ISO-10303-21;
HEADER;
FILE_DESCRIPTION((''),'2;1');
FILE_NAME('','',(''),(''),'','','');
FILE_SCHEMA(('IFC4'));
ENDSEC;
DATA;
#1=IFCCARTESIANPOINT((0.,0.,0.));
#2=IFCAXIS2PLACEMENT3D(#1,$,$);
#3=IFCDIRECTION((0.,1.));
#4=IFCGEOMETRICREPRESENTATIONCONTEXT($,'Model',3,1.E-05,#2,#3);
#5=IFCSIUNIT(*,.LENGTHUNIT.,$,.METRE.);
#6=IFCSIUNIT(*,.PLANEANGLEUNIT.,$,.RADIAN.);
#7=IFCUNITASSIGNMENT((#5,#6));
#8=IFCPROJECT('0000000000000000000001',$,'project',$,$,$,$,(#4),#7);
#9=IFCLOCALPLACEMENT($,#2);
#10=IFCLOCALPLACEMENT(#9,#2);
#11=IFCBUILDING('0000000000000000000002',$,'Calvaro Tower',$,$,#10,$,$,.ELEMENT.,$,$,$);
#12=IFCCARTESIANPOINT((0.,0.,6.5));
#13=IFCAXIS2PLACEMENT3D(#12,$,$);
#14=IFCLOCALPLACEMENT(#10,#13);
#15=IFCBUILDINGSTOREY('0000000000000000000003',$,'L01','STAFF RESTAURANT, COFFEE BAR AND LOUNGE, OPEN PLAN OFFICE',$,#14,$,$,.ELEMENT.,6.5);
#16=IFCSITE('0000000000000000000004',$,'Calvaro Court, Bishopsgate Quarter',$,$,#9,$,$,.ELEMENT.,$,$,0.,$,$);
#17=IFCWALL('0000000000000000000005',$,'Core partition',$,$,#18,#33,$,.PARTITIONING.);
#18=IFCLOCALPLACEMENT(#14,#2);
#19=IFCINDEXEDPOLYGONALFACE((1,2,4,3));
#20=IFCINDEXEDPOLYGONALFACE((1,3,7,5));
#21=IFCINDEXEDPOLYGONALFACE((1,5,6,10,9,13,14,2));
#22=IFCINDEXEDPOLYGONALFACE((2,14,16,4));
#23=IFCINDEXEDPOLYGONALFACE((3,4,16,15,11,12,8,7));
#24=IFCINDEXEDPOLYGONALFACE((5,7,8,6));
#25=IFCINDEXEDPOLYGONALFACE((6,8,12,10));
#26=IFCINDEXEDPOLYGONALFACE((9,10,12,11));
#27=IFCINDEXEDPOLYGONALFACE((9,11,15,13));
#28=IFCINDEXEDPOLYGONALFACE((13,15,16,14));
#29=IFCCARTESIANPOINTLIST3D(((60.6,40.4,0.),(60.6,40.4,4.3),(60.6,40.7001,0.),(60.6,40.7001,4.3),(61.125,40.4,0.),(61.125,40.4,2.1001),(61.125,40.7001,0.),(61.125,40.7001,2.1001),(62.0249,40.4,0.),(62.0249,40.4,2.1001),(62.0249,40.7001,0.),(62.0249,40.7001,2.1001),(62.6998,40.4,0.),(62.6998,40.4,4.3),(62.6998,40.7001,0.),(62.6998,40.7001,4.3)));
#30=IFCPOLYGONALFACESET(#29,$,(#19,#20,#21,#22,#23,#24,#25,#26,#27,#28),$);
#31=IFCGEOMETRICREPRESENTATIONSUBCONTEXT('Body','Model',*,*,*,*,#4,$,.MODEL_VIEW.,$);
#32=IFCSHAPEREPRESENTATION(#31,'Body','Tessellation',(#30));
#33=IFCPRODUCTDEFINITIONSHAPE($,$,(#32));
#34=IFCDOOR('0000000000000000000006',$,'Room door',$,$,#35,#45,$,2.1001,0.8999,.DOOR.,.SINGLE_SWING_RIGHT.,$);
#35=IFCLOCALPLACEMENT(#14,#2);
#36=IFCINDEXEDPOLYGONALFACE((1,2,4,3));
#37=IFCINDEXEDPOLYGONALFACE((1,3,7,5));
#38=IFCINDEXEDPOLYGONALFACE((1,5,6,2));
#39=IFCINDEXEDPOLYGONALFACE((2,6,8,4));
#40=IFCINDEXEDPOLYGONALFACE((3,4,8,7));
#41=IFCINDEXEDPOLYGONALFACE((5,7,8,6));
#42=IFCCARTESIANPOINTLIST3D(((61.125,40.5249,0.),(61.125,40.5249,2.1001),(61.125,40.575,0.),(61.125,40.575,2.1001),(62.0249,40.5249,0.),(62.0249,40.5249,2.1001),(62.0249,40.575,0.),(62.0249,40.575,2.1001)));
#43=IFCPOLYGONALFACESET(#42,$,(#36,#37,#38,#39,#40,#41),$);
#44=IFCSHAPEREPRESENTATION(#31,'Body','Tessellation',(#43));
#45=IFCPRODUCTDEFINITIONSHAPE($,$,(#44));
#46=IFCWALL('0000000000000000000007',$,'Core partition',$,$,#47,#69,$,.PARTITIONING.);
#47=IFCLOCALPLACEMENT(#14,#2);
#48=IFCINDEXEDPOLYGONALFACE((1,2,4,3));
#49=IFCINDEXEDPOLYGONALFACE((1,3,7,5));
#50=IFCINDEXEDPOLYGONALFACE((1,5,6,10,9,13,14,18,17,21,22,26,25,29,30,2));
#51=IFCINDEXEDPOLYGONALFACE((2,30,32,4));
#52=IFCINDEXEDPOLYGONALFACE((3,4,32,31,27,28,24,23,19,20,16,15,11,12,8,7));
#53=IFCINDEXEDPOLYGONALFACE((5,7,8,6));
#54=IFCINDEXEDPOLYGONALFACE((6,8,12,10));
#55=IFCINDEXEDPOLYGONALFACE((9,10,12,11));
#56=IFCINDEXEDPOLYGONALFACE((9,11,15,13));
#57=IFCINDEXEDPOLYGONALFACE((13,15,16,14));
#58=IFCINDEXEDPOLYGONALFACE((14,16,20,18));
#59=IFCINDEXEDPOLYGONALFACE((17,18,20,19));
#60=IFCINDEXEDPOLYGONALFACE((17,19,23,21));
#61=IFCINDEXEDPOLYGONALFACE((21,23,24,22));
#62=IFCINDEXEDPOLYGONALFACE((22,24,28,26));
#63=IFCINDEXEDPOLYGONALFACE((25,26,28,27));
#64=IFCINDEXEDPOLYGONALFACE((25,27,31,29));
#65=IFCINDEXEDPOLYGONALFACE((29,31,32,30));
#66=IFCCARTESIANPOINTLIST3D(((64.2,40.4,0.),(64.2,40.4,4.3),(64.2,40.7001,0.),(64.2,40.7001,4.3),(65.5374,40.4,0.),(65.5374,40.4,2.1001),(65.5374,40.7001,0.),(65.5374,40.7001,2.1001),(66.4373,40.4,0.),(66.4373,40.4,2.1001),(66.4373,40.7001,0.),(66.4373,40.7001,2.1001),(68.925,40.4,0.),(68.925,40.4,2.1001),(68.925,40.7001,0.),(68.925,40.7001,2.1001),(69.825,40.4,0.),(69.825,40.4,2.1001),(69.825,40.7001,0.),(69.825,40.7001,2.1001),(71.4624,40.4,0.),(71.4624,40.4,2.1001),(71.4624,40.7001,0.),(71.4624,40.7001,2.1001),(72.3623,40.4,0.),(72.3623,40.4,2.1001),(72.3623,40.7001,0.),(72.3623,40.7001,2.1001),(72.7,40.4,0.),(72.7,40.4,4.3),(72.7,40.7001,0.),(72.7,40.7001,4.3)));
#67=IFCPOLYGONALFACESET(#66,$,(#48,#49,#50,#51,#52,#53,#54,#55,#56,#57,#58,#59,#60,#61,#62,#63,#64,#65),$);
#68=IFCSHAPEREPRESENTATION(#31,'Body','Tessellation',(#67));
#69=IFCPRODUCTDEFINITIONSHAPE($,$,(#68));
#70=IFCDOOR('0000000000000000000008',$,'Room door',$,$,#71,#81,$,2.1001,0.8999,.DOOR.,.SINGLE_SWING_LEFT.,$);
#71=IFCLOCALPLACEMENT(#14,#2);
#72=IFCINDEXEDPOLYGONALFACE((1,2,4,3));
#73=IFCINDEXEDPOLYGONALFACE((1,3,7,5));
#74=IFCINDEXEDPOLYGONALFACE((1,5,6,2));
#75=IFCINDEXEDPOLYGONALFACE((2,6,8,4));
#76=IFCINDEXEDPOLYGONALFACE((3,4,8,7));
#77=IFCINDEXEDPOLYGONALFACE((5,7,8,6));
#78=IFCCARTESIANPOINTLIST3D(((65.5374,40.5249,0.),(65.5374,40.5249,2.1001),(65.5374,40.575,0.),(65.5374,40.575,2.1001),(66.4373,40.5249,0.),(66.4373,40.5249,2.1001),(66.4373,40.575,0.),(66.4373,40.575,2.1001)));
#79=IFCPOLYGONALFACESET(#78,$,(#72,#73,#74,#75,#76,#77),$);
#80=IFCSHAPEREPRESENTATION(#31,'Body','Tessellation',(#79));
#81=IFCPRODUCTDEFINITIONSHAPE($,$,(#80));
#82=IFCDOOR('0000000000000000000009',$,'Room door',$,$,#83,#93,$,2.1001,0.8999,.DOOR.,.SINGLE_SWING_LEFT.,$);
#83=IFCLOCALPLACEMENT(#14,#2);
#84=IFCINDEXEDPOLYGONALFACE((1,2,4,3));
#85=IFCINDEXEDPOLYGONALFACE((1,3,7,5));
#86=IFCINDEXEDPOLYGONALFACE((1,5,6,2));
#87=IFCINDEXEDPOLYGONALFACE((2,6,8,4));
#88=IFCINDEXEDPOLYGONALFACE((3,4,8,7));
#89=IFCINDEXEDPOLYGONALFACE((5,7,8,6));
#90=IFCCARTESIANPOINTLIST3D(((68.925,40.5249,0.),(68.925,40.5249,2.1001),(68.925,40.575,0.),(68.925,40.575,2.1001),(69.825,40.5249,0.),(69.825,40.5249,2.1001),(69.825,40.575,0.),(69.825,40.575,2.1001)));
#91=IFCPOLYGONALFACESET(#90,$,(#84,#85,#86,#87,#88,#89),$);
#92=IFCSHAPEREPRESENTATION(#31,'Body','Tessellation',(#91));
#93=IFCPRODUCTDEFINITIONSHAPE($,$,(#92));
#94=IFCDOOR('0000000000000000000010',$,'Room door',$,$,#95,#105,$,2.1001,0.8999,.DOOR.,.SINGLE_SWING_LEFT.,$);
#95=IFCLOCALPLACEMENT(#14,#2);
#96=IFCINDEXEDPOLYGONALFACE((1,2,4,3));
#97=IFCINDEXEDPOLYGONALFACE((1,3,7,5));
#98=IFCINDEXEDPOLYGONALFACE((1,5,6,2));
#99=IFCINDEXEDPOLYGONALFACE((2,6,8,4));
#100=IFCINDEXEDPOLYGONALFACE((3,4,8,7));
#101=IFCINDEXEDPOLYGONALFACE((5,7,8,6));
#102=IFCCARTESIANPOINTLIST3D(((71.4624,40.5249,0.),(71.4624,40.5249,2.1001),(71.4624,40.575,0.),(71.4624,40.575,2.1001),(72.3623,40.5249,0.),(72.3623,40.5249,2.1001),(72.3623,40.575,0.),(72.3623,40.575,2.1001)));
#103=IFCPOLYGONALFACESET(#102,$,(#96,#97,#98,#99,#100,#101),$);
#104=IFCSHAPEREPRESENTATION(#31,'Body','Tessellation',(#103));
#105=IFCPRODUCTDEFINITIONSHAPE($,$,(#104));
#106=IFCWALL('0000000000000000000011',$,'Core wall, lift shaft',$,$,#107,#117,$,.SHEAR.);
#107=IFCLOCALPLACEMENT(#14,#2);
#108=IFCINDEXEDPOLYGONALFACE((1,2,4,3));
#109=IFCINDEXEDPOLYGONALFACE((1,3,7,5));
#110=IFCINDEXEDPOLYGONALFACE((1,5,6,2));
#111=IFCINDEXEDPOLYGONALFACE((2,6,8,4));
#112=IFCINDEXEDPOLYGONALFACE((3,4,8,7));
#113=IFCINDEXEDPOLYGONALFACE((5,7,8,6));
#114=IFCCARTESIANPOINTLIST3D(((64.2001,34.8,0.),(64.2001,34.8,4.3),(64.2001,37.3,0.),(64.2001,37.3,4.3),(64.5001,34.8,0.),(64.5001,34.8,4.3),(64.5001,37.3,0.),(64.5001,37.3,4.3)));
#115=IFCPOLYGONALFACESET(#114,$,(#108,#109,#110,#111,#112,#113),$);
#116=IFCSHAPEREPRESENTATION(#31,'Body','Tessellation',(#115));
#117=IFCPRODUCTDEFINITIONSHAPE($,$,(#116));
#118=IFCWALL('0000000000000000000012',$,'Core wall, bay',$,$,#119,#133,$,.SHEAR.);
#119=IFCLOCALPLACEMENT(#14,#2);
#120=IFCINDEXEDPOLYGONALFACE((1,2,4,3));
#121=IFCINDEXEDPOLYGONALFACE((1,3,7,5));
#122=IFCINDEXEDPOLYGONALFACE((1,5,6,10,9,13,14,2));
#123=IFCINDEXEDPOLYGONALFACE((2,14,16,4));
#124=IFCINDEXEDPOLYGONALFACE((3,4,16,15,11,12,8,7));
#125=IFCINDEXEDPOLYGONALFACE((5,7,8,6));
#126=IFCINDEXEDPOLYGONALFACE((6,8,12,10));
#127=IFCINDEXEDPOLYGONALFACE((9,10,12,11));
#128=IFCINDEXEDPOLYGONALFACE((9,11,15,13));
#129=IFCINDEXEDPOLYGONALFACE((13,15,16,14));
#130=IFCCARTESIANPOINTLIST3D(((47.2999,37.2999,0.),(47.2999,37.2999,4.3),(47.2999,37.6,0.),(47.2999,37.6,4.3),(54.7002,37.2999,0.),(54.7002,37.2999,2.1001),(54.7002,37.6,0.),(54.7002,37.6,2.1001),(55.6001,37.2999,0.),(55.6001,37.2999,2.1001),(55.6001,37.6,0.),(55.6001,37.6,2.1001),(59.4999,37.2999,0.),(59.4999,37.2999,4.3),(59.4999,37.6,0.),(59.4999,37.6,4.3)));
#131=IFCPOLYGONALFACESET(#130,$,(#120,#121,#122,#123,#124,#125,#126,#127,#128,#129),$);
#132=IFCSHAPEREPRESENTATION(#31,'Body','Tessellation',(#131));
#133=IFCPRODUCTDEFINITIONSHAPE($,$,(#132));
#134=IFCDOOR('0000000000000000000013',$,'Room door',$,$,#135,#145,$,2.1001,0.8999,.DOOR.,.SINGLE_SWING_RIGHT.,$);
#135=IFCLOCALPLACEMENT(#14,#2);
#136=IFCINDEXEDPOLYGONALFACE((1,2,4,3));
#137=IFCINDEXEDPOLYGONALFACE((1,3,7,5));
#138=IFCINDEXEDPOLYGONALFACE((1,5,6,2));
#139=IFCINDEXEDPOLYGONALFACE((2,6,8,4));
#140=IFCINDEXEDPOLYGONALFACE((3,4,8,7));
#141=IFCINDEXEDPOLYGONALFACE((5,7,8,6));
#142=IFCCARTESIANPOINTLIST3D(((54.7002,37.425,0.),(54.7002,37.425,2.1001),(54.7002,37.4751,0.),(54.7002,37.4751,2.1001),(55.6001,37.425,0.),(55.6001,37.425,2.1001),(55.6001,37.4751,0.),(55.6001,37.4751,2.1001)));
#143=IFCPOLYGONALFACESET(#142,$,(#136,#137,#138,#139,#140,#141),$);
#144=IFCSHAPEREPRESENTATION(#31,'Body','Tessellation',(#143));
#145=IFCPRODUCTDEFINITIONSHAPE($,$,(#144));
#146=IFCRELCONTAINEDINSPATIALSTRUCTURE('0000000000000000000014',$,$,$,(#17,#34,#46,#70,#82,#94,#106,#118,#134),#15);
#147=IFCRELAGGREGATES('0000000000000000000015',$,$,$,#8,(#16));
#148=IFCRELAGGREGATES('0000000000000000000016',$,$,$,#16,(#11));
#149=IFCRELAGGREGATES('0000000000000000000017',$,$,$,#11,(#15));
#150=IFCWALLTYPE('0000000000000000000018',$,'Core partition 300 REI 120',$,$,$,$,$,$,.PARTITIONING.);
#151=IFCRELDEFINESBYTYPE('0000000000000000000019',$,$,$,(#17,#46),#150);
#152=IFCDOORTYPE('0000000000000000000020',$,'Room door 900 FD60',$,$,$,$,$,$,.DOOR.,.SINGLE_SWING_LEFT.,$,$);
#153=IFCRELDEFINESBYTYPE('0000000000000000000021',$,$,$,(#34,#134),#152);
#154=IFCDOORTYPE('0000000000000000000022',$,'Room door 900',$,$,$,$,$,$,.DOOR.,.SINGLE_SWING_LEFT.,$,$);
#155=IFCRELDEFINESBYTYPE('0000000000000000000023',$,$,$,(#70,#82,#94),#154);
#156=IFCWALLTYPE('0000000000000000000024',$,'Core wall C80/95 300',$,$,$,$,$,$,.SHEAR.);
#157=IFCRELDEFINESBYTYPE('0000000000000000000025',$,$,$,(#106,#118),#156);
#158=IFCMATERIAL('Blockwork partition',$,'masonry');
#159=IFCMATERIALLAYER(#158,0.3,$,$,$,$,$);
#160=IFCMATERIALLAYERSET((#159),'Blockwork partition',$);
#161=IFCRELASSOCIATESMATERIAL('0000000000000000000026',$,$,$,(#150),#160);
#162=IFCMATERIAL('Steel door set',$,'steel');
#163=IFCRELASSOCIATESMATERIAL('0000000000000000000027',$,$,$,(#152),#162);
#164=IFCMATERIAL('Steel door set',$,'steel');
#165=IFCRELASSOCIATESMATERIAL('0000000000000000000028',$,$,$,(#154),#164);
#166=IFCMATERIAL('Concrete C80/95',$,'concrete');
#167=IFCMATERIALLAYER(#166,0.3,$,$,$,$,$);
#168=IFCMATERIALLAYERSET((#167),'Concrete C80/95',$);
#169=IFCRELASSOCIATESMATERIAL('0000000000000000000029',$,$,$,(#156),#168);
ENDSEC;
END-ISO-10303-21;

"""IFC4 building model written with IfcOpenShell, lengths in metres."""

from ifc_helpers import new_model, si_unit, direction, frame, frame_2d, origin, place, context, subcontext, project, spatial, rectangle, extrude, material, layer, layer_set, type_object, element, fill, save


model = new_model("IFC4")

# Units and contexts
model_context = context("Model", 3, precision=1e-05, world=origin(), true_north=direction((0.0, 1.0)))
body_context = subcontext(model_context, "Body", "Model", "MODEL_VIEW")
ifc_project = project(units=[si_unit("LENGTHUNIT", "METRE"), si_unit("PLANEANGLEUNIT", "RADIAN")], contexts=[model_context])

# Site, building, storey
site_placement = place(None, origin())
site = spatial("IfcSite", under=ifc_project, at=site_placement, Name="Calvaro Court, Bishopsgate Quarter", CompositionType="ELEMENT", RefElevation=0.0)
building_placement = place(site_placement, origin())
building = spatial("IfcBuilding", under=site, at=building_placement, Name="Calvaro Tower", CompositionType="ELEMENT")
storey_placement = place(building_placement, frame((0.0, 0.0, 6.5)))
storey = spatial("IfcBuildingStorey", under=building, at=storey_placement, Name="L01", Description="STAFF RESTAURANT, COFFEE BAR AND LOUNGE, OPEN PLAN OFFICE", CompositionType="ELEMENT", Elevation=6.5)

# Wall, opening, door
ifc_material_1 = material(Name="Blockwork partition", Category="masonry")
ifc_layer_1 = layer(ifc_material_1, 0.3)
ifc_layer_set_1 = layer_set([ifc_layer_1], Name="Blockwork partition")
wall_type_1 = type_object("IfcWallType", Name="Core partition 300 REI 120", PredefinedType="PARTITIONING", material=ifc_layer_set_1)
wall_1_placement = place(storey_placement, frame((60.6001, 40.55, 0.0), z_axis=(0.0, 0.0, 1.0), x_axis=(1.0, 0.0, 0.0)))
wall_1 = element("IfcWall", 1, at=wall_1_placement, inside=storey, type_object=wall_type_1, Name="Core partition", PredefinedType="PARTITIONING", context=body_context, shape_type="SweptSolid", body=[
    extrude(rectangle(XDim=2.0999, YDim=0.3, at=frame_2d((1.0498, 0.0))), origin(), (0.0, 0.0, 1.0), 4.3),
])
opening_1_placement = place(wall_1_placement, frame((0.5249, 0.0, 0.0)))
opening_1 = element("IfcOpeningElement", 2, at=opening_1_placement, cuts=wall_1, PredefinedType="OPENING", context=body_context, shape_type="SweptSolid", body=[
    extrude(rectangle(XDim=0.8999, YDim=2.1001, at=frame_2d((0.45, 1.05))), frame((0.0, 0.1599, 0.0), z_axis=(0.0, -1.0, 0.0), x_axis=(1.0, 0.0, 0.0)), (0.0, 0.0, 1.0), 0.3201),
])
ifc_material_2 = material(Name="Steel door set", Category="steel")
door_type_1 = type_object("IfcDoorType", Name="Room door 900 FD60", OperationType="SINGLE_SWING_LEFT", PredefinedType="DOOR", material=ifc_material_2)
door_1_placement = place(opening_1_placement, origin())
door_1 = element("IfcDoor", 3, at=door_1_placement, inside=storey, type_object=door_type_1, Name="Room door", OperationType="SINGLE_SWING_RIGHT", OverallHeight=2.1001, OverallWidth=0.8999, PredefinedType="DOOR", context=body_context, shape_type="SweptSolid", body=[
    extrude(rectangle(XDim=0.8999, YDim=2.1001, at=frame_2d((0.45, 1.05))), frame((0.0, 0.0249, 0.0), z_axis=(0.0, -1.0, 0.0), x_axis=(1.0, 0.0, 0.0)), (0.0, 0.0, 1.0), 0.05),
])
fill(opening_1, door_1)

# Wall, openings, doors
wall_2_placement = place(storey_placement, frame((64.2, 40.55, 0.0), z_axis=(0.0, 0.0, 1.0), x_axis=(1.0, 0.0, 0.0)))
wall_2 = element("IfcWall", 4, at=wall_2_placement, inside=storey, type_object=wall_type_1, Name="Core partition", PredefinedType="PARTITIONING", context=body_context, shape_type="SweptSolid", body=[
    extrude(rectangle(XDim=8.5, YDim=0.3, at=frame_2d((4.25, 0.0))), origin(), (0.0, 0.0, 1.0), 4.3),
])
opening_2_placement = place(wall_2_placement, frame((1.3374, 0.0, 0.0)))
opening_2 = element("IfcOpeningElement", 5, at=opening_2_placement, cuts=wall_2, PredefinedType="OPENING", context=body_context, shape_type="SweptSolid", body=[
    extrude(rectangle(XDim=0.8999, YDim=2.1001, at=frame_2d((0.45, 1.05))), frame((0.0, 0.1599, 0.0), z_axis=(0.0, -1.0, 0.0), x_axis=(1.0, 0.0, 0.0)), (0.0, 0.0, 1.0), 0.3201),
])
opening_3_placement = place(wall_2_placement, frame((4.7251, 0.0, 0.0)))
opening_3 = element("IfcOpeningElement", 6, at=opening_3_placement, cuts=wall_2, PredefinedType="OPENING", context=body_context, shape_type="SweptSolid", body=[
    extrude(rectangle(XDim=0.8999, YDim=2.1001, at=frame_2d((0.45, 1.05))), frame((0.0, 0.1599, 0.0), z_axis=(0.0, -1.0, 0.0), x_axis=(1.0, 0.0, 0.0)), (0.0, 0.0, 1.0), 0.3201),
])
opening_4_placement = place(wall_2_placement, frame((7.2625, 0.0, 0.0)))
opening_4 = element("IfcOpeningElement", 7, at=opening_4_placement, cuts=wall_2, PredefinedType="OPENING", context=body_context, shape_type="SweptSolid", body=[
    extrude(rectangle(XDim=0.8999, YDim=2.1001, at=frame_2d((0.45, 1.05))), frame((0.0, 0.1599, 0.0), z_axis=(0.0, -1.0, 0.0), x_axis=(1.0, 0.0, 0.0)), (0.0, 0.0, 1.0), 0.3201),
])
ifc_material_3 = material(Name="Steel door set", Category="steel")
door_type_2 = type_object("IfcDoorType", Name="Room door 900", OperationType="SINGLE_SWING_LEFT", PredefinedType="DOOR", material=ifc_material_3)
door_2_placement = place(opening_2_placement, origin())
door_2 = element("IfcDoor", 8, at=door_2_placement, inside=storey, type_object=door_type_2, Name="Room door", OperationType="SINGLE_SWING_LEFT", OverallHeight=2.1001, OverallWidth=0.8999, PredefinedType="DOOR", context=body_context, shape_type="SweptSolid", body=[
    extrude(rectangle(XDim=0.8999, YDim=2.1001, at=frame_2d((0.45, 1.05))), frame((0.0, 0.0249, 0.0), z_axis=(0.0, -1.0, 0.0), x_axis=(1.0, 0.0, 0.0)), (0.0, 0.0, 1.0), 0.05),
])
fill(opening_2, door_2)
door_3_placement = place(opening_3_placement, origin())
door_3 = element("IfcDoor", 9, at=door_3_placement, inside=storey, type_object=door_type_2, Name="Room door", OperationType="SINGLE_SWING_LEFT", OverallHeight=2.1001, OverallWidth=0.8999, PredefinedType="DOOR", context=body_context, shape_type="SweptSolid", body=[
    extrude(rectangle(XDim=0.8999, YDim=2.1001, at=frame_2d((0.45, 1.05))), frame((0.0, 0.0249, 0.0), z_axis=(0.0, -1.0, 0.0), x_axis=(1.0, 0.0, 0.0)), (0.0, 0.0, 1.0), 0.05),
])
fill(opening_3, door_3)
door_4_placement = place(opening_4_placement, origin())
door_4 = element("IfcDoor", 10, at=door_4_placement, inside=storey, type_object=door_type_2, Name="Room door", OperationType="SINGLE_SWING_LEFT", OverallHeight=2.1001, OverallWidth=0.8999, PredefinedType="DOOR", context=body_context, shape_type="SweptSolid", body=[
    extrude(rectangle(XDim=0.8999, YDim=2.1001, at=frame_2d((0.45, 1.05))), frame((0.0, 0.0249, 0.0), z_axis=(0.0, -1.0, 0.0), x_axis=(1.0, 0.0, 0.0)), (0.0, 0.0, 1.0), 0.05),
])
fill(opening_4, door_4)

# Wall
ifc_material_4 = material(Name="Concrete C80/95", Category="concrete")
ifc_layer_2 = layer(ifc_material_4, 0.3)
ifc_layer_set_2 = layer_set([ifc_layer_2], Name="Concrete C80/95")
wall_type_2 = type_object("IfcWallType", Name="Core wall C80/95 300", PredefinedType="SHEAR", material=ifc_layer_set_2)
wall_3_placement = place(storey_placement, frame((64.3501, 34.8, 0.0), z_axis=(0.0, 0.0, 1.0), x_axis=(0.0, 1.0, 0.0)))
element("IfcWall", 11, at=wall_3_placement, inside=storey, type_object=wall_type_2, Name="Core wall, lift shaft", PredefinedType="SHEAR", context=body_context, shape_type="SweptSolid", body=[
    extrude(rectangle(XDim=2.5, YDim=0.3, at=frame_2d((1.25, 0.0))), origin(), (0.0, 0.0, 1.0), 4.3),
])

# Wall, opening, door
wall_4_placement = place(storey_placement, frame((59.5, 37.45, 0.0), z_axis=(0.0, 0.0, 1.0), x_axis=(-1.0, 0.0, 0.0)))
wall_4 = element("IfcWall", 12, at=wall_4_placement, inside=storey, type_object=wall_type_2, Name="Core wall, bay", PredefinedType="SHEAR", context=body_context, shape_type="SweptSolid", body=[
    extrude(rectangle(XDim=12.2, YDim=0.3, at=frame_2d((6.1001, 0.0))), origin(), (0.0, 0.0, 1.0), 4.3),
])
opening_5_placement = place(wall_4_placement, frame((3.8999, 0.0, 0.0)))
opening_5 = element("IfcOpeningElement", 13, at=opening_5_placement, cuts=wall_4, PredefinedType="OPENING", context=body_context, shape_type="SweptSolid", body=[
    extrude(rectangle(XDim=0.8999, YDim=2.1001, at=frame_2d((0.45, 1.05))), frame((0.0, 0.1599, 0.0), z_axis=(0.0, -1.0, 0.0), x_axis=(1.0, 0.0, 0.0)), (0.0, 0.0, 1.0), 0.3201),
])
door_5_placement = place(opening_5_placement, origin())
door_5 = element("IfcDoor", 14, at=door_5_placement, inside=storey, type_object=door_type_1, Name="Room door", OperationType="SINGLE_SWING_RIGHT", OverallHeight=2.1001, OverallWidth=0.8999, PredefinedType="DOOR", context=body_context, shape_type="SweptSolid", body=[
    extrude(rectangle(XDim=0.8999, YDim=2.1001, at=frame_2d((0.45, 1.05))), frame((0.0, 0.0249, 0.0), z_axis=(0.0, -1.0, 0.0), x_axis=(1.0, 0.0, 0.0)), (0.0, 0.0, 1.0), 0.05),
])
fill(opening_5, door_5)

save(model, "model.ifc")
